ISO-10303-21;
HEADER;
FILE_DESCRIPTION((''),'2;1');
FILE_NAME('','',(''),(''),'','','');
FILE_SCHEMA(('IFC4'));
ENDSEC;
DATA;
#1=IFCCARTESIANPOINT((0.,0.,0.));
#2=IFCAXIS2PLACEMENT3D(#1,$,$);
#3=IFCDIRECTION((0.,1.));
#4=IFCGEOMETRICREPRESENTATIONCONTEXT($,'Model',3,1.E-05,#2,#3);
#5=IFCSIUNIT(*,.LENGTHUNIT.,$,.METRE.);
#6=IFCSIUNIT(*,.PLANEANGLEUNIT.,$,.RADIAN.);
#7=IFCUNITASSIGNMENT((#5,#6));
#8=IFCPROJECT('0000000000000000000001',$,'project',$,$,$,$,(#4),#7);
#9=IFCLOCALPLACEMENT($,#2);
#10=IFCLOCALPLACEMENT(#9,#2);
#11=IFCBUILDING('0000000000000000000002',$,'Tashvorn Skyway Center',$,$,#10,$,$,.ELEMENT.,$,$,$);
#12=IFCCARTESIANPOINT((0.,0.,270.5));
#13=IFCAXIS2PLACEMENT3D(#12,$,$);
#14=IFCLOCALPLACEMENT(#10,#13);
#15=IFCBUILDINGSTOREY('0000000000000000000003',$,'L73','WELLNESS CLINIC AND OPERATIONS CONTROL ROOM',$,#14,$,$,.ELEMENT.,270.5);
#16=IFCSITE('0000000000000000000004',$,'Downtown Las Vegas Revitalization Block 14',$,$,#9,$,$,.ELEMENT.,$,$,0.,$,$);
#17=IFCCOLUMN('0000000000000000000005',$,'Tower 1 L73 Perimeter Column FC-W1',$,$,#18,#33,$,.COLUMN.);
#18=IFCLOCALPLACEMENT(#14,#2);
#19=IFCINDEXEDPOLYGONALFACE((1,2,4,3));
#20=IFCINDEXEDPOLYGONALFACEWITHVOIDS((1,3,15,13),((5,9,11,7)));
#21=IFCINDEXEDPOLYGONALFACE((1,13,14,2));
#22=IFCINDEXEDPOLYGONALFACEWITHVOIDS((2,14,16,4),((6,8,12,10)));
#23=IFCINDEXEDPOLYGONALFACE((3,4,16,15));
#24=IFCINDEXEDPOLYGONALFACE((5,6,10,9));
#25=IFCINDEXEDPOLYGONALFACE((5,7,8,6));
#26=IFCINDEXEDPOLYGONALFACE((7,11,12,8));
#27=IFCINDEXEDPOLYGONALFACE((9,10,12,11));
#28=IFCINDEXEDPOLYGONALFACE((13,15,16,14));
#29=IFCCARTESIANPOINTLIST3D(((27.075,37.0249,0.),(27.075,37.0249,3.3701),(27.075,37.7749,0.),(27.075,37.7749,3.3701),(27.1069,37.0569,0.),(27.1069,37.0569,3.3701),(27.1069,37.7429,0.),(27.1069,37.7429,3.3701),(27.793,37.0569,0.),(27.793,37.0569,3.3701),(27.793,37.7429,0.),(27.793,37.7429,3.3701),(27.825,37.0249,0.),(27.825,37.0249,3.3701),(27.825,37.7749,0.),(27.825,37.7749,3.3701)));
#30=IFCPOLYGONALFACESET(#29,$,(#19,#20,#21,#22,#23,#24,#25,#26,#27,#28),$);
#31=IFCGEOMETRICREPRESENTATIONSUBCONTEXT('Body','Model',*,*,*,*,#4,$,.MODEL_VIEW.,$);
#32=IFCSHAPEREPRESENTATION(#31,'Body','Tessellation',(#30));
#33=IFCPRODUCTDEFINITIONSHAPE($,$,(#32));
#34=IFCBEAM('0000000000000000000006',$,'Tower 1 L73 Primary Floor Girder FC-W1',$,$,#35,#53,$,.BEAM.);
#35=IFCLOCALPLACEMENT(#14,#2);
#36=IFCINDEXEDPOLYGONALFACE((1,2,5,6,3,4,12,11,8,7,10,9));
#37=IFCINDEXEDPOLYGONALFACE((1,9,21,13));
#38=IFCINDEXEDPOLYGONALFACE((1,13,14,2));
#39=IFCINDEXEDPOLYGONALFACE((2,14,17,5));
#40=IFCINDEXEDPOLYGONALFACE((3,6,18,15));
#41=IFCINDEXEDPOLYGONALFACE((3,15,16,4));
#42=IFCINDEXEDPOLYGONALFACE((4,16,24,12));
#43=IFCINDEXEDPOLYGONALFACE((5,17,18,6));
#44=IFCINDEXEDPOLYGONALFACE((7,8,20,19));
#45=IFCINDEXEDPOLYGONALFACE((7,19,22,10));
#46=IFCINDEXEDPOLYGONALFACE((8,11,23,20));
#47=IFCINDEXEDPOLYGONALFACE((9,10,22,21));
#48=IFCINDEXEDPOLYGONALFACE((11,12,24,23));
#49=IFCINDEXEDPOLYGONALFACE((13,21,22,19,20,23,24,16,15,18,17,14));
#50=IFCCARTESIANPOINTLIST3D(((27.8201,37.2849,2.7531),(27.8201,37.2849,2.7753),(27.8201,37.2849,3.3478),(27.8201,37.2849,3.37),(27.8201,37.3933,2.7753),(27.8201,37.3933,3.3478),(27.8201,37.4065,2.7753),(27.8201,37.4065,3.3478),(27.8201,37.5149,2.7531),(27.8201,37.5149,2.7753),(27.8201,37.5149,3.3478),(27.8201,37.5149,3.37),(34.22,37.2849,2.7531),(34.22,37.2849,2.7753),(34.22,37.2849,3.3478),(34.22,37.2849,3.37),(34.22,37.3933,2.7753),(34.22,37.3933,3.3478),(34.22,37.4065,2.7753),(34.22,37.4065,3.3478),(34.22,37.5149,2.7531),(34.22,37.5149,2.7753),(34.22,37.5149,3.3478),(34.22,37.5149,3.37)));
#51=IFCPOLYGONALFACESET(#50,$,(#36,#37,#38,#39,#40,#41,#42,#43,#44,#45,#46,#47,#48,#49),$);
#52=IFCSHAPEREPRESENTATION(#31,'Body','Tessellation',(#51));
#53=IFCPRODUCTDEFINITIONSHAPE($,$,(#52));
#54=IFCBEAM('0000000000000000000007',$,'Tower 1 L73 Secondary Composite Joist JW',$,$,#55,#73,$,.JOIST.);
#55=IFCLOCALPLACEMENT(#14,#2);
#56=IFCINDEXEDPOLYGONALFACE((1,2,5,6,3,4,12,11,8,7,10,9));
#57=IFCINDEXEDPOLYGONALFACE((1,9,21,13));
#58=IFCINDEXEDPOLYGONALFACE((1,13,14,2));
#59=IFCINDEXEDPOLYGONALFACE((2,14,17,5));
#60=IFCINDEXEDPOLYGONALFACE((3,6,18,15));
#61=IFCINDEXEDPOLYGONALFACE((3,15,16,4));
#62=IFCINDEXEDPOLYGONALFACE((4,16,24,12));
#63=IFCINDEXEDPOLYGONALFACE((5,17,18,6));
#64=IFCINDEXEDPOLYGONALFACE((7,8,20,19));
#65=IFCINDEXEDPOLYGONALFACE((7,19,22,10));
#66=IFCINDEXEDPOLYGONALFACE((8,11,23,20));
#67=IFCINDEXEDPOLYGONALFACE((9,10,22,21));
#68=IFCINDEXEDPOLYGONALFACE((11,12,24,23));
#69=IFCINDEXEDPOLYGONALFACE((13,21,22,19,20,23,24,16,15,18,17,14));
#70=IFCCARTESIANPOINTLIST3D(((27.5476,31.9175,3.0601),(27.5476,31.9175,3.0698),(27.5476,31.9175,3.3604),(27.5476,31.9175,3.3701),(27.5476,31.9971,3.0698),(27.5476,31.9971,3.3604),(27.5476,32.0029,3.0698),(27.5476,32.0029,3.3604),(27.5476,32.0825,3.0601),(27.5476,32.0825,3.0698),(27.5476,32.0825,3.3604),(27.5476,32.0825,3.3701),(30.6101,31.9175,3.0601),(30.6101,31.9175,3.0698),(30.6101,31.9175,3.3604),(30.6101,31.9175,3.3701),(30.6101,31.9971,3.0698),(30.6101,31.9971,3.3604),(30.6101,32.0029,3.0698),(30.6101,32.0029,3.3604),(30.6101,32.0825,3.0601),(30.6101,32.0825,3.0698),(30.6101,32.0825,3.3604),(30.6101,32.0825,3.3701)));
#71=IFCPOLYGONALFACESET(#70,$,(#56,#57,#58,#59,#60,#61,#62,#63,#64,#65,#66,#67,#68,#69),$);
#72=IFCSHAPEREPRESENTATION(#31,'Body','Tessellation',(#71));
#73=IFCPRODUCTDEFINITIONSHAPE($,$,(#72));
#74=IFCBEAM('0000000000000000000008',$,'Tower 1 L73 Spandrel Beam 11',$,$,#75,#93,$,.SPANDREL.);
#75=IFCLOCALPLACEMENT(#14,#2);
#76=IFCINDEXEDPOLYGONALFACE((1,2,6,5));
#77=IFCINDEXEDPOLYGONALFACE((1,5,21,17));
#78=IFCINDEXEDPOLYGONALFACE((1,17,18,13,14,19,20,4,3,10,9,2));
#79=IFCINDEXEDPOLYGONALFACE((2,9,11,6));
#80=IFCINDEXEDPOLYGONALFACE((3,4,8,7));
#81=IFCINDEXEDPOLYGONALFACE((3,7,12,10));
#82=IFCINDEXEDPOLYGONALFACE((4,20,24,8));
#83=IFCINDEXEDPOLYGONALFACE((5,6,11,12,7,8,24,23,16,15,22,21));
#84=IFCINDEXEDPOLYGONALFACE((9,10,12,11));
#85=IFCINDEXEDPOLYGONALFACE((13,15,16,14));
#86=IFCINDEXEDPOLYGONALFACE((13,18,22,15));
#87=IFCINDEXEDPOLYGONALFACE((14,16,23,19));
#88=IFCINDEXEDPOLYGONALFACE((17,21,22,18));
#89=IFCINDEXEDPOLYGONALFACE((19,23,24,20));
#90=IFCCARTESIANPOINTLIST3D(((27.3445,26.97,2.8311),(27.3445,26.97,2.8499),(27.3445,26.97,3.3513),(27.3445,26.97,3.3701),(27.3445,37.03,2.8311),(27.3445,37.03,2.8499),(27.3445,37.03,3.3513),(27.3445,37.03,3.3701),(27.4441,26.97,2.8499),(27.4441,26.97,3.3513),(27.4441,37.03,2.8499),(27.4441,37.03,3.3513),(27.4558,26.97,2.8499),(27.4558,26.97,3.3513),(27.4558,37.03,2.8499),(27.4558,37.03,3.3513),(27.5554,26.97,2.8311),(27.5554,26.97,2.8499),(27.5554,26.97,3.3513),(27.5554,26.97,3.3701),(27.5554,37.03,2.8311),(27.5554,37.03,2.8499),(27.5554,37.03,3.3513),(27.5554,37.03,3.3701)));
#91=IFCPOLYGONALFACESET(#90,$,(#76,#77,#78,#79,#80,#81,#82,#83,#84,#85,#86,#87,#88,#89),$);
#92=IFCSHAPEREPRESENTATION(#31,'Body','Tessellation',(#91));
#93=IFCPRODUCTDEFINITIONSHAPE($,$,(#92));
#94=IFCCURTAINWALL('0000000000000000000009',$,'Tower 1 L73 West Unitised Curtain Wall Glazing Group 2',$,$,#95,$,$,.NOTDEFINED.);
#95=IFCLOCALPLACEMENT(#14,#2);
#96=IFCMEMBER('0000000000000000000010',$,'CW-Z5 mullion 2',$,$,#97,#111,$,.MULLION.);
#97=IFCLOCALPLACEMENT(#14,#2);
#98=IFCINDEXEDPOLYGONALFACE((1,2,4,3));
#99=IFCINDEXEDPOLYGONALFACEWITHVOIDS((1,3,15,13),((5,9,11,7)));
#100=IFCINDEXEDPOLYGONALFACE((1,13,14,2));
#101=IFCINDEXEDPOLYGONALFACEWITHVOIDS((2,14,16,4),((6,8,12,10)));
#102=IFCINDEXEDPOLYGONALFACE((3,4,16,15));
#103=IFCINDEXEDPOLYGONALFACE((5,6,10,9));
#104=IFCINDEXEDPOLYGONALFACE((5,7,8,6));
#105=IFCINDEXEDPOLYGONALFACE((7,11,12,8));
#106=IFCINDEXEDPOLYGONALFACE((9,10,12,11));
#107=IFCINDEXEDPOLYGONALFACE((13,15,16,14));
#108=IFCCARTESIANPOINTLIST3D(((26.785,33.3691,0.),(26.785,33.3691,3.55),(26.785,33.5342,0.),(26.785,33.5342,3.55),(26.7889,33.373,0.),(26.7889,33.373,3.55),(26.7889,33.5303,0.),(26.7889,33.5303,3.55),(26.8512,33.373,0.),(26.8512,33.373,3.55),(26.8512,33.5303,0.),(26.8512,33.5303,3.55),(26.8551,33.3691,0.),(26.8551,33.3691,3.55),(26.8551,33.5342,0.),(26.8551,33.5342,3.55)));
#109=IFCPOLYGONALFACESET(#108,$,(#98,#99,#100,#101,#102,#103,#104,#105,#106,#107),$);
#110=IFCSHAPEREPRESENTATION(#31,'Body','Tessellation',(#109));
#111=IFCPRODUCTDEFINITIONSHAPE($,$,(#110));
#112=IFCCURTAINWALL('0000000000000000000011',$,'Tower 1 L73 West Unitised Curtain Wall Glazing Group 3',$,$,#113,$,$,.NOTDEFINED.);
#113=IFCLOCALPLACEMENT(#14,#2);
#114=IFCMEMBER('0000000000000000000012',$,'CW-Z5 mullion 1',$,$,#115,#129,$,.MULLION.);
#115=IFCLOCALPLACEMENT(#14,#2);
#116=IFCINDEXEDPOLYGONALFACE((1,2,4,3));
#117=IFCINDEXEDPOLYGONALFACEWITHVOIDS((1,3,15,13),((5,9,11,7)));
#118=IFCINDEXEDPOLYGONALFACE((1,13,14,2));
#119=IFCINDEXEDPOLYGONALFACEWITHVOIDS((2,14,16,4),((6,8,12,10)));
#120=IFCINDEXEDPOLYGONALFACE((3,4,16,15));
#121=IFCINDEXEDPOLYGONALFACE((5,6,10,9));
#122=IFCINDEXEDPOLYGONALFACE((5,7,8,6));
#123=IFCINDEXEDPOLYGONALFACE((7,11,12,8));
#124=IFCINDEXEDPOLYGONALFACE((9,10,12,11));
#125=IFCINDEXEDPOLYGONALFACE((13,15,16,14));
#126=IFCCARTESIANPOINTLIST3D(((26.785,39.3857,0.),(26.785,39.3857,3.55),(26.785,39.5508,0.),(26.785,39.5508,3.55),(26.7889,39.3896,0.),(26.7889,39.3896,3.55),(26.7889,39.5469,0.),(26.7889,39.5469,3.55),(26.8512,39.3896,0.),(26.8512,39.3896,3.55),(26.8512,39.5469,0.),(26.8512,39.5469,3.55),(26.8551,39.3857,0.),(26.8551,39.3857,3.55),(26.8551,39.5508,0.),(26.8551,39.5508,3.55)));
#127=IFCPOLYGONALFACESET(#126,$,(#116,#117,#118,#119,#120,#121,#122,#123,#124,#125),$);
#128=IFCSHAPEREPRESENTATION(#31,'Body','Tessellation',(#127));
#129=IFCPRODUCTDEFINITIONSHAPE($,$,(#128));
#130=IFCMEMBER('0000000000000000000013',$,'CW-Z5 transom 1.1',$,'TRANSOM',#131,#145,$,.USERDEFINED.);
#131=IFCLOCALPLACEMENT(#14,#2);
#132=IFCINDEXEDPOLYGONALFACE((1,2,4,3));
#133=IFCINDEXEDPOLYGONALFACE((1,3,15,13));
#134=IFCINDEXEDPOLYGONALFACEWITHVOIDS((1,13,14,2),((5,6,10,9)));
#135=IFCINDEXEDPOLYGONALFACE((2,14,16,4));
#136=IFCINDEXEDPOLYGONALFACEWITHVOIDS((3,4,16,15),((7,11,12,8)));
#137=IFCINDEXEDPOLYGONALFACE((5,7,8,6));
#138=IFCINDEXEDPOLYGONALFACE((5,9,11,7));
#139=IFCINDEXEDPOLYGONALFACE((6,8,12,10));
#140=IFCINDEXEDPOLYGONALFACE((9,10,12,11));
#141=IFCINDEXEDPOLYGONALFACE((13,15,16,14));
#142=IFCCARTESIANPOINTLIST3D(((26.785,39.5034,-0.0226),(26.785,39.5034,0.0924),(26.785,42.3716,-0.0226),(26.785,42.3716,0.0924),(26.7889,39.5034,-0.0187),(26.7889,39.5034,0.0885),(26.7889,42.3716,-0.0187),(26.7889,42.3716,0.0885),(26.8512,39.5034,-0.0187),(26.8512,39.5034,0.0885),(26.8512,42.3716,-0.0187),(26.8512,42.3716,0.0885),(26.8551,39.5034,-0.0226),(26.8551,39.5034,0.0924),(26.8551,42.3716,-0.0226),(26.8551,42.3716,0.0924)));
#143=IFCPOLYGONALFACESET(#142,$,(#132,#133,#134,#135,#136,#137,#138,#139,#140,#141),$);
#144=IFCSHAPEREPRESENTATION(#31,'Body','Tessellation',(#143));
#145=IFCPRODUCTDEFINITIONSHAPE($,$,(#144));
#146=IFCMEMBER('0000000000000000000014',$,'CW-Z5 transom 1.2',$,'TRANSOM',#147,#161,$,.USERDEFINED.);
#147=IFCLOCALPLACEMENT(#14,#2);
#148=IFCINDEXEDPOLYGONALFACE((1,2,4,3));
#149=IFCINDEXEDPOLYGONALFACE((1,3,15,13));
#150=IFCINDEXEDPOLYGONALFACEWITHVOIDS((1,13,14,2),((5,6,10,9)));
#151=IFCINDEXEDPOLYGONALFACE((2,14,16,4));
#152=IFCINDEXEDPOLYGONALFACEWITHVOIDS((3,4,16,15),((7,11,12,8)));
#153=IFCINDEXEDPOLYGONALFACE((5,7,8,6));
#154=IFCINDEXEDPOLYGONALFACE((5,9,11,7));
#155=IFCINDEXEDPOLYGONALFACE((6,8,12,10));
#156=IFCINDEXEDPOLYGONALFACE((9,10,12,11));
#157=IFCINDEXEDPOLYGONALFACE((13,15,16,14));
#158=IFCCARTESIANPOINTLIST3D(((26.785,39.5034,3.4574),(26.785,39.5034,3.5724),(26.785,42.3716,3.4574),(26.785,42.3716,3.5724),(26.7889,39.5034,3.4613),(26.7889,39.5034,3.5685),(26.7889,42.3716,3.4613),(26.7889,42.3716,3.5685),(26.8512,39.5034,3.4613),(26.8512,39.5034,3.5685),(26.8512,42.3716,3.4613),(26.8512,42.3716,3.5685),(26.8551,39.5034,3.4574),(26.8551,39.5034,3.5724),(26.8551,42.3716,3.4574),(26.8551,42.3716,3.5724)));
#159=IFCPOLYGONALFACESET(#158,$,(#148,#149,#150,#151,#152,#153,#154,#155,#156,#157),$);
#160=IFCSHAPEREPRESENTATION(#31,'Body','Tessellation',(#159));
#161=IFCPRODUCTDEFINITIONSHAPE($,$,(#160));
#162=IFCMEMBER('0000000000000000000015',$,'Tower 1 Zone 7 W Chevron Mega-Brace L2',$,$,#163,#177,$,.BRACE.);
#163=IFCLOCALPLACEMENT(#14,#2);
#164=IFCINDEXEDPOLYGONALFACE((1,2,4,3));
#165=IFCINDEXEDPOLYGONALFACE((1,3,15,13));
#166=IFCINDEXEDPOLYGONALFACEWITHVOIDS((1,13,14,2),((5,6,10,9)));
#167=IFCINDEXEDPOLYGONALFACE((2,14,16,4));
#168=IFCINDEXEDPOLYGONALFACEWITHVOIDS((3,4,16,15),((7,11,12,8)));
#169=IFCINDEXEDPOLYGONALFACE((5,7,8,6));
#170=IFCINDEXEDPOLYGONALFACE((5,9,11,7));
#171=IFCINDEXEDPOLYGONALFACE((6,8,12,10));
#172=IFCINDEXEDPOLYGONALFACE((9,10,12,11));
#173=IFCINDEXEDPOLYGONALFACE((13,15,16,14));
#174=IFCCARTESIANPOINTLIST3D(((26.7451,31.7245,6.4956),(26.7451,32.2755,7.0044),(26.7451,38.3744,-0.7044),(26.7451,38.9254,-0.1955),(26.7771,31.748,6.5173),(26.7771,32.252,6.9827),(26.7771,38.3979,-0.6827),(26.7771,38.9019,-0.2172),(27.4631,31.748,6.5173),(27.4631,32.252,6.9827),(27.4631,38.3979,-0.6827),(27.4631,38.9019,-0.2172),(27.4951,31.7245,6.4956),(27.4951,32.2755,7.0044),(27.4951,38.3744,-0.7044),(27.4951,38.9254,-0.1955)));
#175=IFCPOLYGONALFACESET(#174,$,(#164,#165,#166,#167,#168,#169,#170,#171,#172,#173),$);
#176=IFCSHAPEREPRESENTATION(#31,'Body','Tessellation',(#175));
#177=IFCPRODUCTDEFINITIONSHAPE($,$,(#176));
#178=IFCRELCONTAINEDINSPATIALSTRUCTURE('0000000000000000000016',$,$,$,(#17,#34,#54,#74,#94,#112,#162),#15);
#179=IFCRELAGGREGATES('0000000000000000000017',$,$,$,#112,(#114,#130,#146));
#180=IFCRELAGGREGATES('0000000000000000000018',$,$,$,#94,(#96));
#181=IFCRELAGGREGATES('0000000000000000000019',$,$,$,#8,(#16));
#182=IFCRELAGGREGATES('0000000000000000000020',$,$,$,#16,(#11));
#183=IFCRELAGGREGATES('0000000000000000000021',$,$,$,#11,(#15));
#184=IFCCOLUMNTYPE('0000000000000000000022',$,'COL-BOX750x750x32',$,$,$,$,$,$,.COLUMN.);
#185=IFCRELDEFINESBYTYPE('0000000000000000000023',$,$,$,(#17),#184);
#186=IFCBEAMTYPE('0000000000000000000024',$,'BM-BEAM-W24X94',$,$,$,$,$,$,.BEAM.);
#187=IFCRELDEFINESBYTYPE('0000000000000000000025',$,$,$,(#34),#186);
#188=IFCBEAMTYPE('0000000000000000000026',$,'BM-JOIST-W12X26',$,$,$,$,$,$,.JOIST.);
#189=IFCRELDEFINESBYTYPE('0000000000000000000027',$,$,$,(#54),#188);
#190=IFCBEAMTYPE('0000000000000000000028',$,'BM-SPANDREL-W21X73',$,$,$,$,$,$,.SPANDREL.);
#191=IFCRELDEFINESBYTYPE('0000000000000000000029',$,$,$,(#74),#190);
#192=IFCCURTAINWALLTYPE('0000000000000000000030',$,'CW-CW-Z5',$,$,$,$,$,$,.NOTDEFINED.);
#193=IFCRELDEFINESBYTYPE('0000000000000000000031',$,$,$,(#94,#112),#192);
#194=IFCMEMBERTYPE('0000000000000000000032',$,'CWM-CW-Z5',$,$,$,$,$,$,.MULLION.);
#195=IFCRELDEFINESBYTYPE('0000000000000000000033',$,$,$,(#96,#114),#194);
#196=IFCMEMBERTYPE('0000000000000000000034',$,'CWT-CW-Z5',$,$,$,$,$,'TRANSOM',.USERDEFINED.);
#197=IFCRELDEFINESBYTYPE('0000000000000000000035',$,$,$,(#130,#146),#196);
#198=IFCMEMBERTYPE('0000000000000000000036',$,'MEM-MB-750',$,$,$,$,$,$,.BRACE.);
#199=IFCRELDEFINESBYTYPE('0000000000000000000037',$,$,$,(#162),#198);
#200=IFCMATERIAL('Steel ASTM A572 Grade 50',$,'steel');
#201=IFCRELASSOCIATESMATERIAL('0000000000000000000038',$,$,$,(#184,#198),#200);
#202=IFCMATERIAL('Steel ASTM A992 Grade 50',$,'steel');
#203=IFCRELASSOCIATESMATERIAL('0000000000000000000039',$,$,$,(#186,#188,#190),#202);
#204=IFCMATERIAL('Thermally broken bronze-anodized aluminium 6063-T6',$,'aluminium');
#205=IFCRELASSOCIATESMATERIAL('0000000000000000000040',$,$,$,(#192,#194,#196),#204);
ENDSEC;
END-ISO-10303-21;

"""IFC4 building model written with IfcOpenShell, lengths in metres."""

from ifc_helpers import new_model, si_unit, direction, frame, origin, origin_2d, place, context, subcontext, project, spatial, hollow_rectangle, i_section, extrude, material, material_profile, profile_set, type_object, element, aggregate, save


model = new_model("IFC4")

# Units and contexts
model_context = context("Model", 3, precision=1e-05, world=origin(), true_north=direction((0.0, 1.0)))
body_context = subcontext(model_context, "Body", "Model", "MODEL_VIEW")
ifc_project = project(units=[si_unit("LENGTHUNIT", "METRE"), si_unit("PLANEANGLEUNIT", "RADIAN")], contexts=[model_context])

# Site, building, storey
site_placement = place(None, origin())
site = spatial("IfcSite", under=ifc_project, at=site_placement, Name="Downtown Las Vegas Revitalization Block 14", CompositionType="ELEMENT", RefElevation=0.0)
building_placement = place(site_placement, origin())
building = spatial("IfcBuilding", under=site, at=building_placement, Name="Tashvorn Skyway Center", CompositionType="ELEMENT")
storey_placement = place(building_placement, frame((0.0, 0.0, 270.5)))
storey = spatial("IfcBuildingStorey", under=building, at=storey_placement, Name="L73", Description="WELLNESS CLINIC AND OPERATIONS CONTROL ROOM", CompositionType="ELEMENT", Elevation=270.5)

# Column
ifc_material_1 = material(Name="Steel ASTM A572 Grade 50", Category="steel")
ifc_material_profile_1 = material_profile(ifc_material_1, hollow_rectangle(XDim=0.75, YDim=0.75, WallThickness=0.032, at=origin_2d()), Name="BOX750x750x32")
ifc_profile_set_1 = profile_set([ifc_material_profile_1], Name="Steel ASTM A572 Grade 50")
column_type = type_object("IfcColumnType", Name="COL-BOX750x750x32", PredefinedType="COLUMN", material=ifc_profile_set_1)
column_placement = place(storey_placement, frame((27.45, 37.3999, 0.0), z_axis=(0.0, 0.0, 1.0), x_axis=(1.0, 0.0, 0.0)))
element("IfcColumn", 1, at=column_placement, inside=storey, type_object=column_type, Name="Tower 1 L73 Perimeter Column FC-W1", PredefinedType="COLUMN", context=body_context, shape_type="SweptSolid", body=[
    extrude(hollow_rectangle(XDim=0.75, YDim=0.75, WallThickness=0.032, at=origin_2d()), origin(), (0.0, 0.0, 1.0), 3.3701),
])

# Beams
ifc_material_2 = material(Name="Steel ASTM A992 Grade 50", Category="steel")
ifc_material_profile_2 = material_profile(ifc_material_2, i_section(OverallWidth=0.23, OverallDepth=0.6169, WebThickness=0.0132, FlangeThickness=0.0222, at=origin_2d()), Name="W24X94")
ifc_profile_set_2 = profile_set([ifc_material_profile_2], Name="Steel ASTM A992 Grade 50")
beam_type_1 = type_object("IfcBeamType", Name="BM-BEAM-W24X94", PredefinedType="BEAM", material=ifc_profile_set_2)
beam_1_placement = place(storey_placement, frame((27.8201, 37.3999, 3.0615), z_axis=(1.0, 0.0, 0.0), x_axis=(0.0, 1.0, 0.0)))
element("IfcBeam", 2, at=beam_1_placement, inside=storey, type_object=beam_type_1, Name="Tower 1 L73 Primary Floor Girder FC-W1", PredefinedType="BEAM", context=body_context, shape_type="SweptSolid", body=[
    extrude(i_section(OverallWidth=0.23, OverallDepth=0.6169, WebThickness=0.0132, FlangeThickness=0.0222, at=origin_2d()), origin(), (0.0, 0.0, 1.0), 6.3999),
])
ifc_material_profile_3 = material_profile(ifc_material_2, i_section(OverallWidth=0.165, OverallDepth=0.3101, WebThickness=0.0059, FlangeThickness=0.0098, at=origin_2d()), Name="W12X26")
ifc_profile_set_3 = profile_set([ifc_material_profile_3], Name="Steel ASTM A992 Grade 50")
beam_type_2 = type_object("IfcBeamType", Name="BM-JOIST-W12X26", PredefinedType="JOIST", material=ifc_profile_set_3)
beam_2_placement = place(storey_placement, frame((30.6101, 32.0, 3.2151), z_axis=(-1.0, 0.0, 0.0), x_axis=(0.0, -1.0, 0.0)))
element("IfcBeam", 3, at=beam_2_placement, inside=storey, type_object=beam_type_2, Name="Tower 1 L73 Secondary Composite Joist JW", PredefinedType="JOIST", context=body_context, shape_type="SweptSolid", body=[
    extrude(i_section(OverallWidth=0.165, OverallDepth=0.3101, WebThickness=0.0059, FlangeThickness=0.0098, at=origin_2d()), origin(), (0.0, 0.0, 1.0), 3.0625),
])
ifc_material_profile_4 = material_profile(ifc_material_2, i_section(OverallWidth=0.2109, OverallDepth=0.5391, WebThickness=0.0117, FlangeThickness=0.0188, at=origin_2d()), Name="W21X73")
ifc_profile_set_4 = profile_set([ifc_material_profile_4], Name="Steel ASTM A992 Grade 50")
beam_type_3 = type_object("IfcBeamType", Name="BM-SPANDREL-W21X73", PredefinedType="SPANDREL", material=ifc_profile_set_4)
beam_3_placement = place(storey_placement, frame((27.45, 37.03, 3.1006), z_axis=(0.0, -1.0, 0.0), x_axis=(1.0, 0.0, 0.0)))
element("IfcBeam", 4, at=beam_3_placement, inside=storey, type_object=beam_type_3, Name="Tower 1 L73 Spandrel Beam 11", PredefinedType="SPANDREL", context=body_context, shape_type="SweptSolid", body=[
    extrude(i_section(OverallWidth=0.2109, OverallDepth=0.5391, WebThickness=0.0117, FlangeThickness=0.0188, at=origin_2d()), origin(), (0.0, 0.0, 1.0), 10.0601),
])

# Curtain wall, member
ifc_material_3 = material(Name="Thermally broken bronze-anodized aluminium 6063-T6", Category="aluminium")
curtain_wall_type = type_object("IfcCurtainWallType", Name="CW-CW-Z5", PredefinedType="NOTDEFINED", material=ifc_material_3)
curtain_wall_1_placement = place(storey_placement, origin())
curtain_wall_1 = element("IfcCurtainWall", 5, at=curtain_wall_1_placement, inside=storey, type_object=curtain_wall_type, Name="Tower 1 L73 West Unitised Curtain Wall Glazing Group 2", PredefinedType="NOTDEFINED")
ifc_material_profile_5 = material_profile(ifc_material_3, hollow_rectangle(XDim=0.0701, YDim=0.165, WallThickness=0.0039, at=origin_2d()), Name="ALU-MULL-70x165")
ifc_profile_set_5 = profile_set([ifc_material_profile_5], Name="Thermally broken bronze-anodized aluminium 6063-T6")
member_type_1 = type_object("IfcMemberType", Name="CWM-CW-Z5", PredefinedType="MULLION", material=ifc_profile_set_5)
member_1_placement = place(storey_placement, frame((26.8201, 33.4517, 0.0), z_axis=(0.0, 0.0, 1.0), x_axis=(-1.0, 0.0, 0.0)))
member_1 = element("IfcMember", 6, at=member_1_placement, type_object=member_type_1, Name="CW-Z5 mullion 2", PredefinedType="MULLION", context=body_context, shape_type="SweptSolid", body=[
    extrude(hollow_rectangle(XDim=0.0701, YDim=0.165, WallThickness=0.0039, at=origin_2d()), origin(), (0.0, 0.0, 1.0), 3.55),
])

# Curtain wall, members
curtain_wall_2_placement = place(storey_placement, origin())
curtain_wall_2 = element("IfcCurtainWall", 7, at=curtain_wall_2_placement, inside=storey, type_object=curtain_wall_type, Name="Tower 1 L73 West Unitised Curtain Wall Glazing Group 3", PredefinedType="NOTDEFINED")
member_2_placement = place(storey_placement, frame((26.8201, 39.4683, 0.0), z_axis=(0.0, 0.0, 1.0), x_axis=(-1.0, 0.0, 0.0)))
member_2 = element("IfcMember", 8, at=member_2_placement, type_object=member_type_1, Name="CW-Z5 mullion 1", PredefinedType="MULLION", context=body_context, shape_type="SweptSolid", body=[
    extrude(hollow_rectangle(XDim=0.0701, YDim=0.165, WallThickness=0.0039, at=origin_2d()), origin(), (0.0, 0.0, 1.0), 3.55),
])
ifc_material_profile_6 = material_profile(ifc_material_3, hollow_rectangle(XDim=0.0701, YDim=0.115, WallThickness=0.0039, at=origin_2d()), Name="ALU-TRAN-70x115")
ifc_profile_set_6 = profile_set([ifc_material_profile_6], Name="Thermally broken bronze-anodized aluminium 6063-T6")
member_type_2 = type_object("IfcMemberType", Name="CWT-CW-Z5", ElementType="TRANSOM", PredefinedType="USERDEFINED", material=ifc_profile_set_6)
member_3_placement = place(storey_placement, frame((26.8201, 39.5034, 0.0349), z_axis=(0.0, 1.0, 0.0), x_axis=(-1.0, 0.0, 0.0)))
member_3 = element("IfcMember", 9, at=member_3_placement, type_object=member_type_2, Name="CW-Z5 transom 1.1", ObjectType="TRANSOM", PredefinedType="USERDEFINED", context=body_context, shape_type="SweptSolid", body=[
    extrude(hollow_rectangle(XDim=0.0701, YDim=0.115, WallThickness=0.0039, at=origin_2d()), origin(), (0.0, 0.0, 1.0), 2.8682),
])
member_4_placement = place(storey_placement, frame((26.8201, 39.5034, 3.5149), z_axis=(0.0, 1.0, 0.0), x_axis=(-1.0, 0.0, 0.0)))
member_4 = element("IfcMember", 10, at=member_4_placement, type_object=member_type_2, Name="CW-Z5 transom 1.2", ObjectType="TRANSOM", PredefinedType="USERDEFINED", context=body_context, shape_type="SweptSolid", body=[
    extrude(hollow_rectangle(XDim=0.0701, YDim=0.115, WallThickness=0.0039, at=origin_2d()), origin(), (0.0, 0.0, 1.0), 2.8682),
])
aggregate(curtain_wall_2, [member_2, member_3, member_4])

# Member
ifc_material_profile_7 = material_profile(ifc_material_1, hollow_rectangle(XDim=0.75, YDim=0.75, WallThickness=0.032, at=origin_2d()), Name="BOX750x750x32")
ifc_profile_set_7 = profile_set([ifc_material_profile_7], Name="Steel ASTM A572 Grade 50")
member_type_3 = type_object("IfcMemberType", Name="MEM-MB-750", PredefinedType="BRACE", material=ifc_profile_set_7)
member_5_placement = place(storey_placement, frame((27.1201, 38.6499, -0.45), z_axis=(0.0, -0.678489, 0.734611), x_axis=(1.0, 0.0, 0.0)))
element("IfcMember", 11, at=member_5_placement, inside=storey, type_object=member_type_3, Name="Tower 1 Zone 7 W Chevron Mega-Brace L2", PredefinedType="BRACE", context=body_context, shape_type="SweptSolid", body=[
    extrude(hollow_rectangle(XDim=0.75, YDim=0.75, WallThickness=0.032, at=origin_2d()), origin(), (0.0, 0.0, 1.0), 9.801),
])

aggregate(curtain_wall_1, [member_1])

save(model, "model.ifc")
